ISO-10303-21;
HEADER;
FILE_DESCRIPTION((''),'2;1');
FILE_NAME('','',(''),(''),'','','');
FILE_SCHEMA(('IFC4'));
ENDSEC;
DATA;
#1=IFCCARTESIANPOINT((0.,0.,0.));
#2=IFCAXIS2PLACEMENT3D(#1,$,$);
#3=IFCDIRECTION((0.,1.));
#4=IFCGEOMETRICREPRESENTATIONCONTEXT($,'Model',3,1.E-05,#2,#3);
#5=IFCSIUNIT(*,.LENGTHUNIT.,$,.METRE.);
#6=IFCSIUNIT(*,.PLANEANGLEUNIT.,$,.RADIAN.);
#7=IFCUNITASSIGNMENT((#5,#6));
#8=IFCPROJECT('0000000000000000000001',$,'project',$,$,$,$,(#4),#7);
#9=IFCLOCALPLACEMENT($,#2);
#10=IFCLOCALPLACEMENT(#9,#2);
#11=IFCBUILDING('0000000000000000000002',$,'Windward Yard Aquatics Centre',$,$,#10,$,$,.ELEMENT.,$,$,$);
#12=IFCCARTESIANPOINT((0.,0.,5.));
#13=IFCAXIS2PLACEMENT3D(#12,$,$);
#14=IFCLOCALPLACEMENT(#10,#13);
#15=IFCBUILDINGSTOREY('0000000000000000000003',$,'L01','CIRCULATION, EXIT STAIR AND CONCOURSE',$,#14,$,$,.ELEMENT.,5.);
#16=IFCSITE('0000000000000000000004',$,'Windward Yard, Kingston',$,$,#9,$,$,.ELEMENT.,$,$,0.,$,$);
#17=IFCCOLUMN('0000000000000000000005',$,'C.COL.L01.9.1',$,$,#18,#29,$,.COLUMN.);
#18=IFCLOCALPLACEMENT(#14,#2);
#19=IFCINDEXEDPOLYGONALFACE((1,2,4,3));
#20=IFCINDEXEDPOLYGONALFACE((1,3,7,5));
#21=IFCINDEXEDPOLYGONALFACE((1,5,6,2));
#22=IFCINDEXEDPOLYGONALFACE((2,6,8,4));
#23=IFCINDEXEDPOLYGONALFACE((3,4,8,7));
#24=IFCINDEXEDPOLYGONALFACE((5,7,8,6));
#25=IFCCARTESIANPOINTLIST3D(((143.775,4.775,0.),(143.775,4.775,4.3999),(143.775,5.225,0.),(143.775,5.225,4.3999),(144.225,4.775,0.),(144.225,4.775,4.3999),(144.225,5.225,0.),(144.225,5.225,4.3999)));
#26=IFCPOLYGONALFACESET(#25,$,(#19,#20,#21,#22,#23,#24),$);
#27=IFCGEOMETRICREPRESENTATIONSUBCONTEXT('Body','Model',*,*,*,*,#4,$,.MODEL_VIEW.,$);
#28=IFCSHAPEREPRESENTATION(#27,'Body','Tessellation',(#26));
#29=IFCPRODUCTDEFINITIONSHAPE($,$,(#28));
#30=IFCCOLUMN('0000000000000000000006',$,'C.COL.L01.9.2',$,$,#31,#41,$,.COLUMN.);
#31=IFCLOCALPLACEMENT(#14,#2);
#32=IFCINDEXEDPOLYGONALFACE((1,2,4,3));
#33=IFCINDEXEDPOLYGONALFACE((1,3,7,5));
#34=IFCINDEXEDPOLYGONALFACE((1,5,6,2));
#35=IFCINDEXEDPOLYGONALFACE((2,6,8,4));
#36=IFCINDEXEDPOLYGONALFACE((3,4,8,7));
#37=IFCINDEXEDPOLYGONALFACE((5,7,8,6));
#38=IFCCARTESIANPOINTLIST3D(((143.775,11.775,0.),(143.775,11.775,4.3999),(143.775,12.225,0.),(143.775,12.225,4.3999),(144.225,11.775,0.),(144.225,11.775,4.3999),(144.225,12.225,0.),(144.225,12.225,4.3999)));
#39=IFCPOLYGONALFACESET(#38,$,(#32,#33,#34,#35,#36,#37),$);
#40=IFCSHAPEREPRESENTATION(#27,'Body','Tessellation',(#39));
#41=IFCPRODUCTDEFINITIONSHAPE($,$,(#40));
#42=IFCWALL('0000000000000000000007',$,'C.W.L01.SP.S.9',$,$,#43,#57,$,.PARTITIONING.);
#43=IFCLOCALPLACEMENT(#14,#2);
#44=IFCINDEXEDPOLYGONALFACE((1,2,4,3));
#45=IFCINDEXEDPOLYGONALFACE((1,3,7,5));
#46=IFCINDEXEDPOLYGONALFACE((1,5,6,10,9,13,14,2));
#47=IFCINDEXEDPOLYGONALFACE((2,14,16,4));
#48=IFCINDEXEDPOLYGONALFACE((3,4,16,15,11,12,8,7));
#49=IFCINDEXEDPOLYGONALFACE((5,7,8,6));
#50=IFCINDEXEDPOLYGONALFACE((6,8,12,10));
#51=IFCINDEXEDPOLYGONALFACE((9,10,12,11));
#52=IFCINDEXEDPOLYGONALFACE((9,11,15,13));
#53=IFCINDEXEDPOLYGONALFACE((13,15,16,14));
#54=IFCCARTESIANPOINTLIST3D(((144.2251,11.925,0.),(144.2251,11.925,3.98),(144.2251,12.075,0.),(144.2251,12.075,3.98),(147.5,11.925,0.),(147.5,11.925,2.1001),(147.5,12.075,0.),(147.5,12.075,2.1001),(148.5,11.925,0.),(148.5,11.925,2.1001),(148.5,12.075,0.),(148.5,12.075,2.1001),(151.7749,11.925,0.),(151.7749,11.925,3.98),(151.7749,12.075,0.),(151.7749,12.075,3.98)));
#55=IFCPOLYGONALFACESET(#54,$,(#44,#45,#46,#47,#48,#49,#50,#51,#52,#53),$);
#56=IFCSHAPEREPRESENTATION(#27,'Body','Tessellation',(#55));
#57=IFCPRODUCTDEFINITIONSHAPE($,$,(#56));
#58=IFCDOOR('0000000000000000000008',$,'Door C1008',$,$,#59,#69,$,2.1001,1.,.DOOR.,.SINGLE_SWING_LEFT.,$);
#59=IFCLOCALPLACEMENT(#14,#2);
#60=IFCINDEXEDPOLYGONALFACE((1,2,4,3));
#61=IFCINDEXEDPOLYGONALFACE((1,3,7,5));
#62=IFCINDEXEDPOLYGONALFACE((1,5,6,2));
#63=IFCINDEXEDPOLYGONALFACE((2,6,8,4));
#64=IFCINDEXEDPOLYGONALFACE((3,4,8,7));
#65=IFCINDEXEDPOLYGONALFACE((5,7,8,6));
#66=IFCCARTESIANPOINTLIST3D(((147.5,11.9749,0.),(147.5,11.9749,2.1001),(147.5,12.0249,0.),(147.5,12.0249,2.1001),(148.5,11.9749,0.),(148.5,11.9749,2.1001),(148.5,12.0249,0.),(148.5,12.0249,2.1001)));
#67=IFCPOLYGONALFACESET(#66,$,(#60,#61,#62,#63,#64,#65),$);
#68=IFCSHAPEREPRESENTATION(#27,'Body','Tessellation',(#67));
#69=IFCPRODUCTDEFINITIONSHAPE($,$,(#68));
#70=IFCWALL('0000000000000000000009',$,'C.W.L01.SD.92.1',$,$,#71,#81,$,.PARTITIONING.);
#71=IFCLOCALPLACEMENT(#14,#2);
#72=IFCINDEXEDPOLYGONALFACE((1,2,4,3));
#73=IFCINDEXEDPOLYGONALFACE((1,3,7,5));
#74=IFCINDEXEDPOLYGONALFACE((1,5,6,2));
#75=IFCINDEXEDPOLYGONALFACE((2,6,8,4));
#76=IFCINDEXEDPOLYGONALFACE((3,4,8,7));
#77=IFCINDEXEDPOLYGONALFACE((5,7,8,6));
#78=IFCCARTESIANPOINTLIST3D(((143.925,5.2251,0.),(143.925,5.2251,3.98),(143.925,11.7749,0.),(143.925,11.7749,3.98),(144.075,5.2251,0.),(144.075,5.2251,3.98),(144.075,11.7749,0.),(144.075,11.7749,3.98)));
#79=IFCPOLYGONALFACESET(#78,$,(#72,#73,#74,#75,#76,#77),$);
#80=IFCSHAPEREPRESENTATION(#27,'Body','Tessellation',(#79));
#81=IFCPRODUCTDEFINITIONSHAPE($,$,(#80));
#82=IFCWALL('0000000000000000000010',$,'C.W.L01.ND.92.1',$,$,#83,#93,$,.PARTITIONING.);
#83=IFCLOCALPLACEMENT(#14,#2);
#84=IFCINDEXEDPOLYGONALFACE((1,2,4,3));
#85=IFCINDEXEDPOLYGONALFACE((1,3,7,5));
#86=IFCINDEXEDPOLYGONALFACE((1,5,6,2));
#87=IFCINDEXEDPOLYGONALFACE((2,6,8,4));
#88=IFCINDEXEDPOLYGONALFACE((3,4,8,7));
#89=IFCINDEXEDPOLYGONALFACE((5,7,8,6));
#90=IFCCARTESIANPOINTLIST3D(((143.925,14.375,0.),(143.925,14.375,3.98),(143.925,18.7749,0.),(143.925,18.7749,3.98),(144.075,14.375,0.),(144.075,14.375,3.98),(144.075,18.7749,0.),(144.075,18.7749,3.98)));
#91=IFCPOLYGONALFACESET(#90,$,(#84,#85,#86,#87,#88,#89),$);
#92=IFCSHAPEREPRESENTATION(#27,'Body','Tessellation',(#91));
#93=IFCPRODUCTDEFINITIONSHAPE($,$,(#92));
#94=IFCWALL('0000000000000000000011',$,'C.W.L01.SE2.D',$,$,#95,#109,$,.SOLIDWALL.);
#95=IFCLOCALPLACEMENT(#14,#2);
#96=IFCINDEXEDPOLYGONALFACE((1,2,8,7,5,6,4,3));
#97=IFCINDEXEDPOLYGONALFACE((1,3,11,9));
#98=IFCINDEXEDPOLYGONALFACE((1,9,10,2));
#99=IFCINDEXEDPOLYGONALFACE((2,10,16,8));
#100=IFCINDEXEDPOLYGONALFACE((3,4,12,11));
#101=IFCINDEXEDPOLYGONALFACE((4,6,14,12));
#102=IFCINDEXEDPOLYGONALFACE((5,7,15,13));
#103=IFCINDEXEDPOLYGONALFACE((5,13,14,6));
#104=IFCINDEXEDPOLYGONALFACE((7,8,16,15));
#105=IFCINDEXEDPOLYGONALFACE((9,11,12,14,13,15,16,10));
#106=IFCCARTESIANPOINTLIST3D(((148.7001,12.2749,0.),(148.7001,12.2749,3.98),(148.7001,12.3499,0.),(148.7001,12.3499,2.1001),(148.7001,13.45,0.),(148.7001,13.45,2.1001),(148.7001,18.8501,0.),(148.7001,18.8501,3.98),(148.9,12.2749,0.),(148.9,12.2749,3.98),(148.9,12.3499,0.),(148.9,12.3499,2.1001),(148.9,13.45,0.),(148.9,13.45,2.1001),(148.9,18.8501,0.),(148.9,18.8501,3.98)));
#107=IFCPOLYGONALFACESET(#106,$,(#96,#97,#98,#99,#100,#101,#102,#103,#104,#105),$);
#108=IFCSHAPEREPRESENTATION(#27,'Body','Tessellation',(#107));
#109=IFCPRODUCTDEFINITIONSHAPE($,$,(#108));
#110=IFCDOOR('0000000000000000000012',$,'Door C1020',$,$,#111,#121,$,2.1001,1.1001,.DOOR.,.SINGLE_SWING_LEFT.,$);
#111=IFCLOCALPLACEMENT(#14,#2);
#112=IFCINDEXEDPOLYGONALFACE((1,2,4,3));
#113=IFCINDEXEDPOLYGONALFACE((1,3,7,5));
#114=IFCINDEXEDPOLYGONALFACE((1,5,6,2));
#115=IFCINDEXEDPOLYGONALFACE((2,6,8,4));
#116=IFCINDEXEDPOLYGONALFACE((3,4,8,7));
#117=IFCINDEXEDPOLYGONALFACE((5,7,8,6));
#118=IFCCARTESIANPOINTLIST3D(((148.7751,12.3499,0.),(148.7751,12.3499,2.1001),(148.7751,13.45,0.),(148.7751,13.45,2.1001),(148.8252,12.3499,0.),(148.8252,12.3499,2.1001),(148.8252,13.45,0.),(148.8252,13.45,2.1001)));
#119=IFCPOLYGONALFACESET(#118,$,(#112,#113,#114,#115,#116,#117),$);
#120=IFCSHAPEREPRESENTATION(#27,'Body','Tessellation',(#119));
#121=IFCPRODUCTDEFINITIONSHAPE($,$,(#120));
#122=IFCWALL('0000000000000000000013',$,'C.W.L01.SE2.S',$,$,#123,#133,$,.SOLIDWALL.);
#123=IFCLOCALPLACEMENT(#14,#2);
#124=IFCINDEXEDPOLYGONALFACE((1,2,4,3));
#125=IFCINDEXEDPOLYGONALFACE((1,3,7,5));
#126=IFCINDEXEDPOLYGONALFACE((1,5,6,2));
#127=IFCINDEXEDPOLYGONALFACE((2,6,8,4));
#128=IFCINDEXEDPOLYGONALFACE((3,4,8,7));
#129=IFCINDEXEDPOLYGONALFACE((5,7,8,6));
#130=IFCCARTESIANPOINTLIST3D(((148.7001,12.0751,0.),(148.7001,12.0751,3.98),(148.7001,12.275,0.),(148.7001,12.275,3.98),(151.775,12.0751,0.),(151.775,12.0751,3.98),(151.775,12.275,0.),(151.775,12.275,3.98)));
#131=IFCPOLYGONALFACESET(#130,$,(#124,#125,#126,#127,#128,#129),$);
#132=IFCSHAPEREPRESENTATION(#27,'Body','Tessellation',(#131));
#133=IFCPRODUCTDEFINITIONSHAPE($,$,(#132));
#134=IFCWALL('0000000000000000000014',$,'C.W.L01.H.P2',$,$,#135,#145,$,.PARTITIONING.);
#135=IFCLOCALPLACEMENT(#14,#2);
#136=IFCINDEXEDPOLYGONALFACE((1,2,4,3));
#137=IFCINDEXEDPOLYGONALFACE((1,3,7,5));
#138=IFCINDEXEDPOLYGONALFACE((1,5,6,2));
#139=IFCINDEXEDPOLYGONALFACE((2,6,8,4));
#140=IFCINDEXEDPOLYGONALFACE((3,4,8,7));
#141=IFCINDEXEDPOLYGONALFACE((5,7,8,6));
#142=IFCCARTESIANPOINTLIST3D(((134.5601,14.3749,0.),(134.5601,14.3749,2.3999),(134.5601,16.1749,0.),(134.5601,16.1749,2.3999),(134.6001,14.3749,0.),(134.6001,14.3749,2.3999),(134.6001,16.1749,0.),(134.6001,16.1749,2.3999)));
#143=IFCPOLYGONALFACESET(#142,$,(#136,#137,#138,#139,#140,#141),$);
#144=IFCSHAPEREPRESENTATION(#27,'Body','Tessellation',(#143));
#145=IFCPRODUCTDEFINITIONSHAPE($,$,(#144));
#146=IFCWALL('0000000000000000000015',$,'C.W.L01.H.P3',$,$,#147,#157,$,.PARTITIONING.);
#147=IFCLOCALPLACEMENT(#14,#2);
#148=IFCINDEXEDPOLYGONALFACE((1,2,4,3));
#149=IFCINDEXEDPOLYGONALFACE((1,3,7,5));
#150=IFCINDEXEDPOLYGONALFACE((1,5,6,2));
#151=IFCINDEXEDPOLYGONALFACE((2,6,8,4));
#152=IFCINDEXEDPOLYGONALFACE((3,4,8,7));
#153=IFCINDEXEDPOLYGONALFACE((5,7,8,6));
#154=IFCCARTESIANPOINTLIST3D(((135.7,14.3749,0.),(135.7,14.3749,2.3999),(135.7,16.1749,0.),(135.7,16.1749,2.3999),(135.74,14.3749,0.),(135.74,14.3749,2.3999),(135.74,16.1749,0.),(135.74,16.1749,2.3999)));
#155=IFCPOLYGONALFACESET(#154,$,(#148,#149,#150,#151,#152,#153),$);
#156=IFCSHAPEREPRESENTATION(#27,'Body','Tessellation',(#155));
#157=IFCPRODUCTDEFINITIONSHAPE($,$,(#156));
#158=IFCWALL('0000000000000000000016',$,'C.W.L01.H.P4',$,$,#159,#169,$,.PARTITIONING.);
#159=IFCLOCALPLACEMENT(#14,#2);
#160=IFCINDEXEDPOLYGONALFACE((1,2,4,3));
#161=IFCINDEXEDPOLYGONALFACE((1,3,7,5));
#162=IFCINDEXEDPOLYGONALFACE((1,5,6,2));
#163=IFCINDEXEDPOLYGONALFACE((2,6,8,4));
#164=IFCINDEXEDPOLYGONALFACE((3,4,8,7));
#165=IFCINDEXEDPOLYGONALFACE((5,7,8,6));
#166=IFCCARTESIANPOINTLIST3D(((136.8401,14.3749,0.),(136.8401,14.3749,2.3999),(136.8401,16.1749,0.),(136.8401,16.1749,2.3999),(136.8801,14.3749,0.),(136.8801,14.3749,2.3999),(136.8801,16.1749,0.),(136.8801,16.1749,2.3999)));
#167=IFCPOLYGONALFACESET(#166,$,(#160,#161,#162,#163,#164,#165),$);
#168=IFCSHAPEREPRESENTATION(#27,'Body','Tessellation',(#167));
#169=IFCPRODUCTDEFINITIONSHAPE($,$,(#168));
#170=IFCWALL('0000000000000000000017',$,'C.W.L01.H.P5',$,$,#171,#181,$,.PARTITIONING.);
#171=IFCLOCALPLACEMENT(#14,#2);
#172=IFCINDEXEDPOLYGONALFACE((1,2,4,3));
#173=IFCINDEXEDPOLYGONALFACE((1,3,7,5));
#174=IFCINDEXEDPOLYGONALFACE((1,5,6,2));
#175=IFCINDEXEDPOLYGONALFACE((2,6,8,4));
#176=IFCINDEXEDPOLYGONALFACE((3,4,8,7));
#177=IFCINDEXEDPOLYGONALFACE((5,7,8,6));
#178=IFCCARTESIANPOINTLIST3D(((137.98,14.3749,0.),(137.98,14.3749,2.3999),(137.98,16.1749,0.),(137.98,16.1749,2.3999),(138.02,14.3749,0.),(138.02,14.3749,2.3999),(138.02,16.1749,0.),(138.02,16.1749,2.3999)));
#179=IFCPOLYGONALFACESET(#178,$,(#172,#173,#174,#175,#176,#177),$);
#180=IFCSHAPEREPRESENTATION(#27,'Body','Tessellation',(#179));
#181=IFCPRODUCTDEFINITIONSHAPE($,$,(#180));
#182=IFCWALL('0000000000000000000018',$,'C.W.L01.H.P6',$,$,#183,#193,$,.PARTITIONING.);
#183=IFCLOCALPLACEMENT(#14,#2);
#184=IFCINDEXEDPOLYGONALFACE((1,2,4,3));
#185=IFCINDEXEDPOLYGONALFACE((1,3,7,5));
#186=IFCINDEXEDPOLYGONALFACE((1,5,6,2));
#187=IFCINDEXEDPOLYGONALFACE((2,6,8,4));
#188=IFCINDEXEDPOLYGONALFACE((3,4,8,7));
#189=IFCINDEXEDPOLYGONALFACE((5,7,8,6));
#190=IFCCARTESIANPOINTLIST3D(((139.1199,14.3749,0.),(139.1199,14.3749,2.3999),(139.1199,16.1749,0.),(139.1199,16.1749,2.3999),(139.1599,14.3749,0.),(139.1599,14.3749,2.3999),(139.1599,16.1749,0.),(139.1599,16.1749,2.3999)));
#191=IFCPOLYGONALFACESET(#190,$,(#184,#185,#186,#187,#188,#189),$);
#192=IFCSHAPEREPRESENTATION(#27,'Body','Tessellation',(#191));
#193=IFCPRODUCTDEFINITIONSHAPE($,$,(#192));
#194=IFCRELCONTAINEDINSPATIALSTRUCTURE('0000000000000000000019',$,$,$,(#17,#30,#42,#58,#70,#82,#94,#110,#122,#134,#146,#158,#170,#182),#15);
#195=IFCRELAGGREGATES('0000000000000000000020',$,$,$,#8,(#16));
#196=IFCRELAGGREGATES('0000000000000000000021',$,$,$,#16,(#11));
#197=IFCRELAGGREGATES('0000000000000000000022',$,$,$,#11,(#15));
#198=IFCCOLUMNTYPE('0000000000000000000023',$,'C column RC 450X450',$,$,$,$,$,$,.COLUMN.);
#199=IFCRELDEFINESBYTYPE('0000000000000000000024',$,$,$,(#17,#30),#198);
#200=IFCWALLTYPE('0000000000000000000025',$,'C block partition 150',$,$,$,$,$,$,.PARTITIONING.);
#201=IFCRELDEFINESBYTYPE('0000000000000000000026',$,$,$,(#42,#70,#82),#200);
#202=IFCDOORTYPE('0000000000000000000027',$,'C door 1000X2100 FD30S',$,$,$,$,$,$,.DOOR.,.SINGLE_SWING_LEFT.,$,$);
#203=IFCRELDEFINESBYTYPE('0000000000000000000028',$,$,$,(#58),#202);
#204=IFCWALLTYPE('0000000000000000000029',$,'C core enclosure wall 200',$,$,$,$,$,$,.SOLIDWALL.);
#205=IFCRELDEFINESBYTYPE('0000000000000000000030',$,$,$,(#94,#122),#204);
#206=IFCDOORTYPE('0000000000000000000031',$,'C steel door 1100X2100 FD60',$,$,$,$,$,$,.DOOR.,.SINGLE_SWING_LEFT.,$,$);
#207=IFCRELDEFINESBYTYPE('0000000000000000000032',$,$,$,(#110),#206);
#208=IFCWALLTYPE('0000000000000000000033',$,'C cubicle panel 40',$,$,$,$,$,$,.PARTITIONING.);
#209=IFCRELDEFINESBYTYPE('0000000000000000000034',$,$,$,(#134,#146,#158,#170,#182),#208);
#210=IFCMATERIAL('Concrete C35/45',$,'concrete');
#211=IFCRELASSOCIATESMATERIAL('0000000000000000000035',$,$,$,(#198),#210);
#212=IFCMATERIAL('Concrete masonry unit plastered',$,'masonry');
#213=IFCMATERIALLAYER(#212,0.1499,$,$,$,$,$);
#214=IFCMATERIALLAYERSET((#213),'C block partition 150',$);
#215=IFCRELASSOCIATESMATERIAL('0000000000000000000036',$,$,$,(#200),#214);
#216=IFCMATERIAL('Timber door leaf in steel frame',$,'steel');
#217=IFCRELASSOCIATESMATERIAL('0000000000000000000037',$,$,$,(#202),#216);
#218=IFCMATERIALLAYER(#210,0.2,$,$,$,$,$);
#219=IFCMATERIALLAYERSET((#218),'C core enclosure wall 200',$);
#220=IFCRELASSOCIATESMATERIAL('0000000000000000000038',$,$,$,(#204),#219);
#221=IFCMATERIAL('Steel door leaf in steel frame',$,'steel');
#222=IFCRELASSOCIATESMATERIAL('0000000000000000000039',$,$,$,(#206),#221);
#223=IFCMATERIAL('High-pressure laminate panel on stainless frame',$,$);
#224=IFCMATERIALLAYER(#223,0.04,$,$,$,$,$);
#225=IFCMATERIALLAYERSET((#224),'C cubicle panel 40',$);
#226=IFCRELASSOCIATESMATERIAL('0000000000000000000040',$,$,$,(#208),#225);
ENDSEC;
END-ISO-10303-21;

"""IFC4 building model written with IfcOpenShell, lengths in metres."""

from ifc_helpers import new_model, si_unit, direction, frame, frame_2d, origin, origin_2d, place, context, subcontext, project, spatial, rectangle, extrude, material, layer, layer_set, material_profile, profile_set, type_object, element, fill, save


model = new_model("IFC4")

# Units and contexts
model_context = context("Model", 3, precision=1e-05, world=origin(), true_north=direction((0.0, 1.0)))
body_context = subcontext(model_context, "Body", "Model", "MODEL_VIEW")
ifc_project = project(units=[si_unit("LENGTHUNIT", "METRE"), si_unit("PLANEANGLEUNIT", "RADIAN")], contexts=[model_context])

# Site, building, storey
site_placement = place(None, origin())
site = spatial("IfcSite", under=ifc_project, at=site_placement, Name="Windward Yard, Kingston", CompositionType="ELEMENT", RefElevation=0.0)
building_placement = place(site_placement, origin())
building = spatial("IfcBuilding", under=site, at=building_placement, Name="Windward Yard Aquatics Centre", CompositionType="ELEMENT")
storey_placement = place(building_placement, frame((0.0, 0.0, 5.0)))
storey = spatial("IfcBuildingStorey", under=building, at=storey_placement, Name="L01", Description="CIRCULATION, EXIT STAIR AND CONCOURSE", CompositionType="ELEMENT", Elevation=5.0)

# Columns
ifc_material_1 = material(Name="Concrete C35/45", Category="concrete")
ifc_material_profile = material_profile(ifc_material_1, rectangle(XDim=0.45, YDim=0.45, at=origin_2d()), Name="RC 450X450")
ifc_profile_set = profile_set([ifc_material_profile], Name="Concrete C35/45")
column_type = type_object("IfcColumnType", Name="C column RC 450X450", PredefinedType="COLUMN", material=ifc_profile_set)
for number, where, z_axis, x_axis, name in (
    (1, (144.0, 5.0, 0.0), (0.0, 0.0, 1.0), (1.0, 0.0, 0.0), "C.COL.L01.9.1"),
    (2, (144.0, 12.0, 0.0), (0.0, 0.0, 1.0), (1.0, 0.0, 0.0), "C.COL.L01.9.2"),
):
    element("IfcColumn", number, at=place(storey_placement, frame(where, z_axis=z_axis, x_axis=x_axis)), inside=storey, type_object=column_type, Name=name, PredefinedType="COLUMN", context=body_context, shape_type="SweptSolid", body=[
        extrude(rectangle(XDim=0.45, YDim=0.45, at=origin_2d()), origin(), (0.0, 0.0, 1.0), 4.3999),
    ])

# Wall, opening, door
ifc_material_2 = material(Name="Concrete masonry unit plastered", Category="masonry")
ifc_layer_1 = layer(ifc_material_2, 0.1499)
ifc_layer_set_1 = layer_set([ifc_layer_1], Name="C block partition 150")
wall_type_1 = type_object("IfcWallType", Name="C block partition 150", PredefinedType="PARTITIONING", material=ifc_layer_set_1)
wall_1_placement = place(storey_placement, frame((144.2251, 12.0, 0.0), z_axis=(0.0, 0.0, 1.0), x_axis=(1.0, 0.0, 0.0)))
wall_1 = element("IfcWall", 3, at=wall_1_placement, inside=storey, type_object=wall_type_1, Name="C.W.L01.SP.S.9", PredefinedType="PARTITIONING", context=body_context, shape_type="SweptSolid", body=[
    extrude(rectangle(XDim=7.5498, YDim=0.1499, at=frame_2d((3.7749, 0.0))), origin(), (0.0, 0.0, 1.0), 3.98),
])
opening_1_placement = place(wall_1_placement, frame((3.2749, 0.0, 0.0)))
opening_1 = element("IfcOpeningElement", 4, at=opening_1_placement, cuts=wall_1, PredefinedType="OPENING", context=body_context, shape_type="SweptSolid", body=[
    extrude(rectangle(XDim=1.0, YDim=2.1001, at=frame_2d((0.5, 1.05))), frame((0.0, 0.085, 0.0), z_axis=(0.0, -1.0, 0.0), x_axis=(1.0, 0.0, 0.0)), (0.0, 0.0, 1.0), 0.1699),
])
ifc_material_3 = material(Name="Timber door leaf in steel frame", Category="steel")
door_type_1 = type_object("IfcDoorType", Name="C door 1000X2100 FD30S", OperationType="SINGLE_SWING_LEFT", PredefinedType="DOOR", material=ifc_material_3)
door_1_placement = place(opening_1_placement, origin())
door_1 = element("IfcDoor", 5, at=door_1_placement, inside=storey, type_object=door_type_1, Name="Door C1008", OperationType="SINGLE_SWING_LEFT", OverallHeight=2.1001, OverallWidth=1.0, PredefinedType="DOOR", context=body_context, shape_type="SweptSolid", body=[
    extrude(rectangle(XDim=1.0, YDim=2.1001, at=frame_2d((0.5, 1.05))), frame((0.0, 0.0249, 0.0), z_axis=(0.0, -1.0, 0.0), x_axis=(1.0, 0.0, 0.0)), (0.0, 0.0, 1.0), 0.05),
])
fill(opening_1, door_1)

# Walls
wall_2_placement = place(storey_placement, frame((144.0, 5.2251, 0.0), z_axis=(0.0, 0.0, 1.0), x_axis=(0.0, 1.0, 0.0)))
element("IfcWall", 6, at=wall_2_placement, inside=storey, type_object=wall_type_1, Name="C.W.L01.SD.92.1", PredefinedType="PARTITIONING", context=body_context, shape_type="SweptSolid", body=[
    extrude(rectangle(XDim=6.5498, YDim=0.1499, at=frame_2d((3.2749, 0.0))), origin(), (0.0, 0.0, 1.0), 3.98),
])
wall_3_placement = place(storey_placement, frame((144.0, 14.375, 0.0), z_axis=(0.0, 0.0, 1.0), x_axis=(0.0, 1.0, 0.0)))
element("IfcWall", 7, at=wall_3_placement, inside=storey, type_object=wall_type_1, Name="C.W.L01.ND.92.1", PredefinedType="PARTITIONING", context=body_context, shape_type="SweptSolid", body=[
    extrude(rectangle(XDim=4.3999, YDim=0.1499, at=frame_2d((2.2, 0.0))), origin(), (0.0, 0.0, 1.0), 3.98),
])

# Wall, opening, door
ifc_layer_2 = layer(ifc_material_1, 0.2)
ifc_layer_set_2 = layer_set([ifc_layer_2], Name="C core enclosure wall 200")
wall_type_2 = type_object("IfcWallType", Name="C core enclosure wall 200", PredefinedType="SOLIDWALL", material=ifc_layer_set_2)
wall_4_placement = place(storey_placement, frame((148.8, 12.2749, 0.0), z_axis=(0.0, 0.0, 1.0), x_axis=(0.0, 1.0, 0.0)))
wall_4 = element("IfcWall", 8, at=wall_4_placement, inside=storey, type_object=wall_type_2, Name="C.W.L01.SE2.D", PredefinedType="SOLIDWALL", context=body_context, shape_type="SweptSolid", body=[
    extrude(rectangle(XDim=6.5752, YDim=0.2, at=frame_2d((3.2876, 0.0))), origin(), (0.0, 0.0, 1.0), 3.98),
])
opening_2_placement = place(wall_4_placement, frame((0.075, 0.0, 0.0)))
opening_2 = element("IfcOpeningElement", 9, at=opening_2_placement, cuts=wall_4, PredefinedType="OPENING", context=body_context, shape_type="SweptSolid", body=[
    extrude(rectangle(XDim=1.1001, YDim=2.1001, at=frame_2d((0.55, 1.05))), frame((0.0, 0.1099, 0.0), z_axis=(0.0, -1.0, 0.0), x_axis=(1.0, 0.0, 0.0)), (0.0, 0.0, 1.0), 0.22),
])
ifc_material_4 = material(Name="Steel door leaf in steel frame", Category="steel")
door_type_2 = type_object("IfcDoorType", Name="C steel door 1100X2100 FD60", OperationType="SINGLE_SWING_LEFT", PredefinedType="DOOR", material=ifc_material_4)
door_2_placement = place(opening_2_placement, origin())
door_2 = element("IfcDoor", 10, at=door_2_placement, inside=storey, type_object=door_type_2, Name="Door C1020", OperationType="SINGLE_SWING_LEFT", OverallHeight=2.1001, OverallWidth=1.1001, PredefinedType="DOOR", context=body_context, shape_type="SweptSolid", body=[
    extrude(rectangle(XDim=1.1001, YDim=2.1001, at=frame_2d((0.55, 1.05))), frame((0.0, 0.0249, 0.0), z_axis=(0.0, -1.0, 0.0), x_axis=(1.0, 0.0, 0.0)), (0.0, 0.0, 1.0), 0.05),
])
fill(opening_2, door_2)

# Walls
wall_5_placement = place(storey_placement, frame((148.7, 12.175, 0.0), z_axis=(0.0, 0.0, 1.0), x_axis=(1.0, 0.0, 0.0)))
element("IfcWall", 11, at=wall_5_placement, inside=storey, type_object=wall_type_2, Name="C.W.L01.SE2.S", PredefinedType="SOLIDWALL", context=body_context, shape_type="SweptSolid", body=[
    extrude(rectangle(XDim=3.075, YDim=0.2, at=frame_2d((1.5376, 0.0))), origin(), (0.0, 0.0, 1.0), 3.98),
])
ifc_material_5 = material(Name="High-pressure laminate panel on stainless frame")
ifc_layer_3 = layer(ifc_material_5, 0.04)
ifc_layer_set_3 = layer_set([ifc_layer_3], Name="C cubicle panel 40")
wall_type_3 = type_object("IfcWallType", Name="C cubicle panel 40", PredefinedType="PARTITIONING", material=ifc_layer_set_3)
for number, where, z_axis, x_axis, name in (
    (12, (134.5801, 14.375, 0.0), (0.0, 0.0, 1.0), (0.0, 1.0, 0.0), "C.W.L01.H.P2"),
    (13, (135.72, 14.375, 0.0), (0.0, 0.0, 1.0), (0.0, 1.0, 0.0), "C.W.L01.H.P3"),
    (14, (136.8601, 14.375, 0.0), (0.0, 0.0, 1.0), (0.0, 1.0, 0.0), "C.W.L01.H.P4"),
    (15, (138.0, 14.375, 0.0), (0.0, 0.0, 1.0), (0.0, 1.0, 0.0), "C.W.L01.H.P5"),
    (16, (139.1399, 14.375, 0.0), (0.0, 0.0, 1.0), (0.0, 1.0, 0.0), "C.W.L01.H.P6"),
):
    element("IfcWall", number, at=place(storey_placement, frame(where, z_axis=z_axis, x_axis=x_axis)), inside=storey, type_object=wall_type_3, Name=name, PredefinedType="PARTITIONING", context=body_context, shape_type="SweptSolid", body=[
        extrude(rectangle(XDim=1.8, YDim=0.04, at=frame_2d((0.8999, 0.0))), origin(), (0.0, 0.0, 1.0), 2.3999),
    ])

save(model, "model.ifc")
